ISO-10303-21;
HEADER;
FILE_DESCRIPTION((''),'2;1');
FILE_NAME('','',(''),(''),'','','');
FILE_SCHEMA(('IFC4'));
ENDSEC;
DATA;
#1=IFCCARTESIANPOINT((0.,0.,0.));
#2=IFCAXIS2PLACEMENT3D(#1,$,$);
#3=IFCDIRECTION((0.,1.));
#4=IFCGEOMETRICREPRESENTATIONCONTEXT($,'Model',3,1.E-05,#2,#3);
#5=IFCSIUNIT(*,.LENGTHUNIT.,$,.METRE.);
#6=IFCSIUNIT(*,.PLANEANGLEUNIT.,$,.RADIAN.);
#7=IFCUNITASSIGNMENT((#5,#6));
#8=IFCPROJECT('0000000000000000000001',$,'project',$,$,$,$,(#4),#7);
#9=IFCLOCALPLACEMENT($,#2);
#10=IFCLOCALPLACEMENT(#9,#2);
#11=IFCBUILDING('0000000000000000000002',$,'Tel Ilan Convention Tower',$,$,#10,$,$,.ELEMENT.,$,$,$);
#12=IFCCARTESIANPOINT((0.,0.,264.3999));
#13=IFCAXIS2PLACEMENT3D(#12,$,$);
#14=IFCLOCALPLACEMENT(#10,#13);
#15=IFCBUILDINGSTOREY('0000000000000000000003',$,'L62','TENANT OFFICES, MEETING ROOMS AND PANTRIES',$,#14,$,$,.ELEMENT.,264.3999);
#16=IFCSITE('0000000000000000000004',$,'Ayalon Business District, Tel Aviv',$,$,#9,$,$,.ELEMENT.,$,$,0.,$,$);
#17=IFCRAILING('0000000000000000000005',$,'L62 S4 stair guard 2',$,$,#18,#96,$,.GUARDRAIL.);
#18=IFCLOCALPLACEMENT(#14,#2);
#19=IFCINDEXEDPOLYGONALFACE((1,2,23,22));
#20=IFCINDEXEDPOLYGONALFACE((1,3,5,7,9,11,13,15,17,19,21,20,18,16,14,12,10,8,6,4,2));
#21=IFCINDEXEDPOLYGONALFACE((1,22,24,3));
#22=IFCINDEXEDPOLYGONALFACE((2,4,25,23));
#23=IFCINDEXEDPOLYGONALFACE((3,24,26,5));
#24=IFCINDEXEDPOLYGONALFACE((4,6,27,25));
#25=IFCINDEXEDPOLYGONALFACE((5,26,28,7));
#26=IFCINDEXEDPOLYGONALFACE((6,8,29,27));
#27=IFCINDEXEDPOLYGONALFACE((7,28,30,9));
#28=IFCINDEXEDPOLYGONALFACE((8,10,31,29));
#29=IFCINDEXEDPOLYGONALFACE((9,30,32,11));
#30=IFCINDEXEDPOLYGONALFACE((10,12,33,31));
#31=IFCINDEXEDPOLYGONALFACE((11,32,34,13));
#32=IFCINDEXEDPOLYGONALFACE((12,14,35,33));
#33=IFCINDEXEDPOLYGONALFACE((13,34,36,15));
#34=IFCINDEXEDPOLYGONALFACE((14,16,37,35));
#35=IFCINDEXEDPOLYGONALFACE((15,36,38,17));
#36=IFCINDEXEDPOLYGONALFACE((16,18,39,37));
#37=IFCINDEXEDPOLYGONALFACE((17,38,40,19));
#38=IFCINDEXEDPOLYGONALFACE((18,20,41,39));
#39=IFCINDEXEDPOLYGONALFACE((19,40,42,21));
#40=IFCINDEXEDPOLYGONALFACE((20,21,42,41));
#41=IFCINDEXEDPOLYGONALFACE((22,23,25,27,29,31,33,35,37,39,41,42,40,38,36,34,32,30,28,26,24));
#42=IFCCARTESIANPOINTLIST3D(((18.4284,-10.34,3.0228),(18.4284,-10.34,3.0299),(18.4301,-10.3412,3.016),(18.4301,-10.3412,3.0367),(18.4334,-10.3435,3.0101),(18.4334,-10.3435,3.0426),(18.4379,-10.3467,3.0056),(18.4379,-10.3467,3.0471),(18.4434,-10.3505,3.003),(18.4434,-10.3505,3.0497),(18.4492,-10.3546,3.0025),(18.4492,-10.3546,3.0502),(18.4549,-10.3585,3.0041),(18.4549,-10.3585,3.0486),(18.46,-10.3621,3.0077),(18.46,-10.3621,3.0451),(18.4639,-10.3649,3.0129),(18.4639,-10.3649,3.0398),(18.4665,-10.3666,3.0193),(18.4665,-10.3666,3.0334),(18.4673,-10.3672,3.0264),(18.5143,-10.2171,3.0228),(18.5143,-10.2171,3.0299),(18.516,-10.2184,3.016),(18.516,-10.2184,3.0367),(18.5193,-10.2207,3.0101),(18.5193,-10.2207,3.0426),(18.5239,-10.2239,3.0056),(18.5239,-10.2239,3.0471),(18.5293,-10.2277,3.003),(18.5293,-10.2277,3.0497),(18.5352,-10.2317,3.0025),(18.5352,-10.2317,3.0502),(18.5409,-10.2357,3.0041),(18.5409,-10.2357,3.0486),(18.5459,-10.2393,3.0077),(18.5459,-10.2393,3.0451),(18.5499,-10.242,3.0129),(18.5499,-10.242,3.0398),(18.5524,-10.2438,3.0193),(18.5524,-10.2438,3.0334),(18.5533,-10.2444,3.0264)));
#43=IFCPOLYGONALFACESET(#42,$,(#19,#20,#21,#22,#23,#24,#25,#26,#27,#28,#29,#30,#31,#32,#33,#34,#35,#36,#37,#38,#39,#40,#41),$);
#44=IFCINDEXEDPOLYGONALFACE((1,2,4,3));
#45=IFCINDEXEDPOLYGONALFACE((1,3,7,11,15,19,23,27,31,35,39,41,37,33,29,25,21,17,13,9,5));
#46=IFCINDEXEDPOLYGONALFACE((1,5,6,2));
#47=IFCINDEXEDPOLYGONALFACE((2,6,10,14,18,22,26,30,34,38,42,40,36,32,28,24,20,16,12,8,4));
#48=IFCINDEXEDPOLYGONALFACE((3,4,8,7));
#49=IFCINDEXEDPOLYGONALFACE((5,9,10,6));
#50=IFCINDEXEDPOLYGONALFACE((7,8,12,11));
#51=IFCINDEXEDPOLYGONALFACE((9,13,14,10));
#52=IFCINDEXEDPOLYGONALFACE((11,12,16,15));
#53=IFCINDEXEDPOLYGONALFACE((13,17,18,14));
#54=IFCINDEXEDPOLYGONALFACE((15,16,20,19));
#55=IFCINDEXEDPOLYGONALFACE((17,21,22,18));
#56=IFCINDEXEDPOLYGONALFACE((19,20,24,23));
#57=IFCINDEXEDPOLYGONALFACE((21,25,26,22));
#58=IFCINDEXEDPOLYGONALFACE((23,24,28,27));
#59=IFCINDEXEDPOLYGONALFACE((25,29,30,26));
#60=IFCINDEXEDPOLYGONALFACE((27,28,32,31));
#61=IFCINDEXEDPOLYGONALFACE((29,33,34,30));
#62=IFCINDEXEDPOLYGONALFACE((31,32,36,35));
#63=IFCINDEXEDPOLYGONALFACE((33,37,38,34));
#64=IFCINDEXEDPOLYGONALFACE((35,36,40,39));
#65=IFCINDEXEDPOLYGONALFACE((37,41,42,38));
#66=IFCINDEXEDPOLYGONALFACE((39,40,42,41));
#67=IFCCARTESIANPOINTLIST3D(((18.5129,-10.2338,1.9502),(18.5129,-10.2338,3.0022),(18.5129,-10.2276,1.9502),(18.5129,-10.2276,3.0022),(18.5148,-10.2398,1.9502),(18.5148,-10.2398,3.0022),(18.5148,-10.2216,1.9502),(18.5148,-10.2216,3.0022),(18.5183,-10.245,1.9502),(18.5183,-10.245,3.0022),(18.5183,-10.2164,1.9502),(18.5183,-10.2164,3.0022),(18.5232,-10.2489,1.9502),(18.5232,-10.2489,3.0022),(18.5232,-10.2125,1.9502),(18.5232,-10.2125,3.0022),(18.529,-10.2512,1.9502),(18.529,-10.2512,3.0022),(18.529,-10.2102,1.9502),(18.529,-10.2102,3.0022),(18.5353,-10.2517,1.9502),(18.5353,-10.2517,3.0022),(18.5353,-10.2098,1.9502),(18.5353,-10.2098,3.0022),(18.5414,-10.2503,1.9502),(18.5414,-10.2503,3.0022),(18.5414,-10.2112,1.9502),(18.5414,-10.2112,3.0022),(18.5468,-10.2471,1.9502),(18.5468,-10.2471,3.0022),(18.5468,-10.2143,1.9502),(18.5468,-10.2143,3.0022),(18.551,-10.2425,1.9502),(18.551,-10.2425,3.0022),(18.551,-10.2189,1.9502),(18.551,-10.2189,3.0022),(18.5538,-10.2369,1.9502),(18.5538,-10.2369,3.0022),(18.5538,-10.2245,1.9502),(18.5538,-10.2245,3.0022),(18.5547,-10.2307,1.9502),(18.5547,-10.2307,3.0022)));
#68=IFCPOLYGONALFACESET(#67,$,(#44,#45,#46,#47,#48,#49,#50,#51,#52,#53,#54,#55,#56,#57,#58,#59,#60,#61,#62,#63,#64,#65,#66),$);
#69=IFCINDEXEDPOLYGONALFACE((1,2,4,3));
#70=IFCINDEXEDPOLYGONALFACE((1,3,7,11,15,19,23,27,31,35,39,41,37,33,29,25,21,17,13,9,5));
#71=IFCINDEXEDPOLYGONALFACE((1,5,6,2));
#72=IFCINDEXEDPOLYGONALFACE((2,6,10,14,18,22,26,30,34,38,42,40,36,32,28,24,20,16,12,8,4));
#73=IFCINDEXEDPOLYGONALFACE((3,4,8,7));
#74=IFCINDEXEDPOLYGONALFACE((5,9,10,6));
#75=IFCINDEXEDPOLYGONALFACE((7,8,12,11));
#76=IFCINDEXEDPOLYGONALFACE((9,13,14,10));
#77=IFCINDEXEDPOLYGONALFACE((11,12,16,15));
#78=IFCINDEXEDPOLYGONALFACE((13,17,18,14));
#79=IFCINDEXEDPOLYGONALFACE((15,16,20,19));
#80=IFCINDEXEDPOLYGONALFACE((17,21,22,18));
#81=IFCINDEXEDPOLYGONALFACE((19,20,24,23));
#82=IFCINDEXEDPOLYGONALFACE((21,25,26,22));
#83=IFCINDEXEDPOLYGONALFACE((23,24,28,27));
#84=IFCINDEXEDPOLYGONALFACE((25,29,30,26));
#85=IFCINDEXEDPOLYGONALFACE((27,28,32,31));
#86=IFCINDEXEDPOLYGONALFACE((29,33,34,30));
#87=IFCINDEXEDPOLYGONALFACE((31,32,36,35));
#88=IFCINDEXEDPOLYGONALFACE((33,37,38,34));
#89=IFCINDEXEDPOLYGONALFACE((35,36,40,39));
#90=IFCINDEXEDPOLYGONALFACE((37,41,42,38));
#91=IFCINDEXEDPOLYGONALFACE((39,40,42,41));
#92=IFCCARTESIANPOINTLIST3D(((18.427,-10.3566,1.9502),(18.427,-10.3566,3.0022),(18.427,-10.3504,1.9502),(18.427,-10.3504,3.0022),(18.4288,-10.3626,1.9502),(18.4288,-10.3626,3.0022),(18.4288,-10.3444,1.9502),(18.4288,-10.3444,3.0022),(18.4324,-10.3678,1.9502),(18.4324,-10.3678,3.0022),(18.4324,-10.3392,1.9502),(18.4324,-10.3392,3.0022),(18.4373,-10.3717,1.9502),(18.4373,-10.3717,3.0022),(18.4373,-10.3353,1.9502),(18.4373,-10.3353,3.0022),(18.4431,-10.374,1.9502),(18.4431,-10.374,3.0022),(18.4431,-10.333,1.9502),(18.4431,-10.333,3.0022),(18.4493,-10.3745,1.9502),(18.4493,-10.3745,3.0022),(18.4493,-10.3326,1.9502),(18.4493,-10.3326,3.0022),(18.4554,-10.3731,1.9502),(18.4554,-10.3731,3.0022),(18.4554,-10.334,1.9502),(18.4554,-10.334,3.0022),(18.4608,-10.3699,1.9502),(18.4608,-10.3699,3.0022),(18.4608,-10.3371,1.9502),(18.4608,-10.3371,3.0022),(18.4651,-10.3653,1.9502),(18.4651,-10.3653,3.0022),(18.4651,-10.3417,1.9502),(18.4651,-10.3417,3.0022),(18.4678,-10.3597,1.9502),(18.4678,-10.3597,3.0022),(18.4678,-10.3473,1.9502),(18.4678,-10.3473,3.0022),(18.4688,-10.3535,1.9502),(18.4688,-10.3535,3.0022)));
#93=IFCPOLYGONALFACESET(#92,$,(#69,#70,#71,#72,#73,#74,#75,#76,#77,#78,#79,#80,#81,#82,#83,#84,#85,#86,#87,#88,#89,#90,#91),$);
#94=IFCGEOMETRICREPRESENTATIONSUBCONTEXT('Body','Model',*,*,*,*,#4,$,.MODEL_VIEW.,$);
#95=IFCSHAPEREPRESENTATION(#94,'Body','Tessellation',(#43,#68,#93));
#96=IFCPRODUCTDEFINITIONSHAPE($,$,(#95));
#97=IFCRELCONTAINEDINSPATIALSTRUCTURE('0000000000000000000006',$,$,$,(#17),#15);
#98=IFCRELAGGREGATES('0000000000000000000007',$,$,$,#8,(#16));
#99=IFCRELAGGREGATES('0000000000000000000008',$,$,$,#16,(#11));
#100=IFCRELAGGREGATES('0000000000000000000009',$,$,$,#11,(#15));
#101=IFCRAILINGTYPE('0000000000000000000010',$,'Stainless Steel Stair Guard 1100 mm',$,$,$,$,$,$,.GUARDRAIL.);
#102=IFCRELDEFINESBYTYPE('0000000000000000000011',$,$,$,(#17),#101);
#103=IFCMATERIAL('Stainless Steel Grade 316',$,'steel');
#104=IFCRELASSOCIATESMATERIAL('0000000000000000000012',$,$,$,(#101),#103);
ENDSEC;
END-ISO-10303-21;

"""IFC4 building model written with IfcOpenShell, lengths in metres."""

from ifc_helpers import new_model, si_unit, direction, frame, origin, origin_2d, place, context, subcontext, project, spatial, circle, extrude, material, type_object, element, save


model = new_model("IFC4")

# Units and contexts
model_context = context("Model", 3, precision=1e-05, world=origin(), true_north=direction((0.0, 1.0)))
body_context = subcontext(model_context, "Body", "Model", "MODEL_VIEW")
ifc_project = project(units=[si_unit("LENGTHUNIT", "METRE"), si_unit("PLANEANGLEUNIT", "RADIAN")], contexts=[model_context])

# Site, building, storey
site_placement = place(None, origin())
site = spatial("IfcSite", under=ifc_project, at=site_placement, Name="Ayalon Business District, Tel Aviv", CompositionType="ELEMENT", RefElevation=0.0)
building_placement = place(site_placement, origin())
building = spatial("IfcBuilding", under=site, at=building_placement, Name="Tel Ilan Convention Tower", CompositionType="ELEMENT")
storey_placement = place(building_placement, frame((0.0, 0.0, 264.3999)))
storey = spatial("IfcBuildingStorey", under=building, at=storey_placement, Name="L62", Description="TENANT OFFICES, MEETING ROOMS AND PANTRIES", CompositionType="ELEMENT", Elevation=264.3999)

# Railing
ifc_material_1 = material(Name="Stainless Steel Grade 316", Category="steel")
railing_type_1 = type_object("IfcRailingType", Name="Stainless Steel Stair Guard 1100 mm", PredefinedType="GUARDRAIL", material=ifc_material_1)
railing_1_placement = place(storey_placement, frame((18.5337, -10.2307, 1.9502)))
element("IfcRailing", 1, at=railing_1_placement, inside=storey, type_object=railing_type_1, Name="L62 S4 stair guard 2", PredefinedType="GUARDRAIL", context=body_context, shape_type="SweptSolid", body=[
    extrude(circle(Radius=0.0239, at=origin_2d()), frame((0.0, 0.0, 1.0762), z_axis=(-0.573353, -0.819308, 0.0), x_axis=(0.819308, -0.573353, 0.0)), (0.0, 0.0, 1.0), 0.1499),
    extrude(circle(Radius=0.021, at=origin_2d()), origin(), (0.0, 0.0, 1.0), 1.052),
    extrude(circle(Radius=0.021, at=origin_2d()), frame((-0.0859, -0.1228, 0.0)), (0.0, 0.0, 1.0), 1.052),
])

save(model, "model.ifc")
